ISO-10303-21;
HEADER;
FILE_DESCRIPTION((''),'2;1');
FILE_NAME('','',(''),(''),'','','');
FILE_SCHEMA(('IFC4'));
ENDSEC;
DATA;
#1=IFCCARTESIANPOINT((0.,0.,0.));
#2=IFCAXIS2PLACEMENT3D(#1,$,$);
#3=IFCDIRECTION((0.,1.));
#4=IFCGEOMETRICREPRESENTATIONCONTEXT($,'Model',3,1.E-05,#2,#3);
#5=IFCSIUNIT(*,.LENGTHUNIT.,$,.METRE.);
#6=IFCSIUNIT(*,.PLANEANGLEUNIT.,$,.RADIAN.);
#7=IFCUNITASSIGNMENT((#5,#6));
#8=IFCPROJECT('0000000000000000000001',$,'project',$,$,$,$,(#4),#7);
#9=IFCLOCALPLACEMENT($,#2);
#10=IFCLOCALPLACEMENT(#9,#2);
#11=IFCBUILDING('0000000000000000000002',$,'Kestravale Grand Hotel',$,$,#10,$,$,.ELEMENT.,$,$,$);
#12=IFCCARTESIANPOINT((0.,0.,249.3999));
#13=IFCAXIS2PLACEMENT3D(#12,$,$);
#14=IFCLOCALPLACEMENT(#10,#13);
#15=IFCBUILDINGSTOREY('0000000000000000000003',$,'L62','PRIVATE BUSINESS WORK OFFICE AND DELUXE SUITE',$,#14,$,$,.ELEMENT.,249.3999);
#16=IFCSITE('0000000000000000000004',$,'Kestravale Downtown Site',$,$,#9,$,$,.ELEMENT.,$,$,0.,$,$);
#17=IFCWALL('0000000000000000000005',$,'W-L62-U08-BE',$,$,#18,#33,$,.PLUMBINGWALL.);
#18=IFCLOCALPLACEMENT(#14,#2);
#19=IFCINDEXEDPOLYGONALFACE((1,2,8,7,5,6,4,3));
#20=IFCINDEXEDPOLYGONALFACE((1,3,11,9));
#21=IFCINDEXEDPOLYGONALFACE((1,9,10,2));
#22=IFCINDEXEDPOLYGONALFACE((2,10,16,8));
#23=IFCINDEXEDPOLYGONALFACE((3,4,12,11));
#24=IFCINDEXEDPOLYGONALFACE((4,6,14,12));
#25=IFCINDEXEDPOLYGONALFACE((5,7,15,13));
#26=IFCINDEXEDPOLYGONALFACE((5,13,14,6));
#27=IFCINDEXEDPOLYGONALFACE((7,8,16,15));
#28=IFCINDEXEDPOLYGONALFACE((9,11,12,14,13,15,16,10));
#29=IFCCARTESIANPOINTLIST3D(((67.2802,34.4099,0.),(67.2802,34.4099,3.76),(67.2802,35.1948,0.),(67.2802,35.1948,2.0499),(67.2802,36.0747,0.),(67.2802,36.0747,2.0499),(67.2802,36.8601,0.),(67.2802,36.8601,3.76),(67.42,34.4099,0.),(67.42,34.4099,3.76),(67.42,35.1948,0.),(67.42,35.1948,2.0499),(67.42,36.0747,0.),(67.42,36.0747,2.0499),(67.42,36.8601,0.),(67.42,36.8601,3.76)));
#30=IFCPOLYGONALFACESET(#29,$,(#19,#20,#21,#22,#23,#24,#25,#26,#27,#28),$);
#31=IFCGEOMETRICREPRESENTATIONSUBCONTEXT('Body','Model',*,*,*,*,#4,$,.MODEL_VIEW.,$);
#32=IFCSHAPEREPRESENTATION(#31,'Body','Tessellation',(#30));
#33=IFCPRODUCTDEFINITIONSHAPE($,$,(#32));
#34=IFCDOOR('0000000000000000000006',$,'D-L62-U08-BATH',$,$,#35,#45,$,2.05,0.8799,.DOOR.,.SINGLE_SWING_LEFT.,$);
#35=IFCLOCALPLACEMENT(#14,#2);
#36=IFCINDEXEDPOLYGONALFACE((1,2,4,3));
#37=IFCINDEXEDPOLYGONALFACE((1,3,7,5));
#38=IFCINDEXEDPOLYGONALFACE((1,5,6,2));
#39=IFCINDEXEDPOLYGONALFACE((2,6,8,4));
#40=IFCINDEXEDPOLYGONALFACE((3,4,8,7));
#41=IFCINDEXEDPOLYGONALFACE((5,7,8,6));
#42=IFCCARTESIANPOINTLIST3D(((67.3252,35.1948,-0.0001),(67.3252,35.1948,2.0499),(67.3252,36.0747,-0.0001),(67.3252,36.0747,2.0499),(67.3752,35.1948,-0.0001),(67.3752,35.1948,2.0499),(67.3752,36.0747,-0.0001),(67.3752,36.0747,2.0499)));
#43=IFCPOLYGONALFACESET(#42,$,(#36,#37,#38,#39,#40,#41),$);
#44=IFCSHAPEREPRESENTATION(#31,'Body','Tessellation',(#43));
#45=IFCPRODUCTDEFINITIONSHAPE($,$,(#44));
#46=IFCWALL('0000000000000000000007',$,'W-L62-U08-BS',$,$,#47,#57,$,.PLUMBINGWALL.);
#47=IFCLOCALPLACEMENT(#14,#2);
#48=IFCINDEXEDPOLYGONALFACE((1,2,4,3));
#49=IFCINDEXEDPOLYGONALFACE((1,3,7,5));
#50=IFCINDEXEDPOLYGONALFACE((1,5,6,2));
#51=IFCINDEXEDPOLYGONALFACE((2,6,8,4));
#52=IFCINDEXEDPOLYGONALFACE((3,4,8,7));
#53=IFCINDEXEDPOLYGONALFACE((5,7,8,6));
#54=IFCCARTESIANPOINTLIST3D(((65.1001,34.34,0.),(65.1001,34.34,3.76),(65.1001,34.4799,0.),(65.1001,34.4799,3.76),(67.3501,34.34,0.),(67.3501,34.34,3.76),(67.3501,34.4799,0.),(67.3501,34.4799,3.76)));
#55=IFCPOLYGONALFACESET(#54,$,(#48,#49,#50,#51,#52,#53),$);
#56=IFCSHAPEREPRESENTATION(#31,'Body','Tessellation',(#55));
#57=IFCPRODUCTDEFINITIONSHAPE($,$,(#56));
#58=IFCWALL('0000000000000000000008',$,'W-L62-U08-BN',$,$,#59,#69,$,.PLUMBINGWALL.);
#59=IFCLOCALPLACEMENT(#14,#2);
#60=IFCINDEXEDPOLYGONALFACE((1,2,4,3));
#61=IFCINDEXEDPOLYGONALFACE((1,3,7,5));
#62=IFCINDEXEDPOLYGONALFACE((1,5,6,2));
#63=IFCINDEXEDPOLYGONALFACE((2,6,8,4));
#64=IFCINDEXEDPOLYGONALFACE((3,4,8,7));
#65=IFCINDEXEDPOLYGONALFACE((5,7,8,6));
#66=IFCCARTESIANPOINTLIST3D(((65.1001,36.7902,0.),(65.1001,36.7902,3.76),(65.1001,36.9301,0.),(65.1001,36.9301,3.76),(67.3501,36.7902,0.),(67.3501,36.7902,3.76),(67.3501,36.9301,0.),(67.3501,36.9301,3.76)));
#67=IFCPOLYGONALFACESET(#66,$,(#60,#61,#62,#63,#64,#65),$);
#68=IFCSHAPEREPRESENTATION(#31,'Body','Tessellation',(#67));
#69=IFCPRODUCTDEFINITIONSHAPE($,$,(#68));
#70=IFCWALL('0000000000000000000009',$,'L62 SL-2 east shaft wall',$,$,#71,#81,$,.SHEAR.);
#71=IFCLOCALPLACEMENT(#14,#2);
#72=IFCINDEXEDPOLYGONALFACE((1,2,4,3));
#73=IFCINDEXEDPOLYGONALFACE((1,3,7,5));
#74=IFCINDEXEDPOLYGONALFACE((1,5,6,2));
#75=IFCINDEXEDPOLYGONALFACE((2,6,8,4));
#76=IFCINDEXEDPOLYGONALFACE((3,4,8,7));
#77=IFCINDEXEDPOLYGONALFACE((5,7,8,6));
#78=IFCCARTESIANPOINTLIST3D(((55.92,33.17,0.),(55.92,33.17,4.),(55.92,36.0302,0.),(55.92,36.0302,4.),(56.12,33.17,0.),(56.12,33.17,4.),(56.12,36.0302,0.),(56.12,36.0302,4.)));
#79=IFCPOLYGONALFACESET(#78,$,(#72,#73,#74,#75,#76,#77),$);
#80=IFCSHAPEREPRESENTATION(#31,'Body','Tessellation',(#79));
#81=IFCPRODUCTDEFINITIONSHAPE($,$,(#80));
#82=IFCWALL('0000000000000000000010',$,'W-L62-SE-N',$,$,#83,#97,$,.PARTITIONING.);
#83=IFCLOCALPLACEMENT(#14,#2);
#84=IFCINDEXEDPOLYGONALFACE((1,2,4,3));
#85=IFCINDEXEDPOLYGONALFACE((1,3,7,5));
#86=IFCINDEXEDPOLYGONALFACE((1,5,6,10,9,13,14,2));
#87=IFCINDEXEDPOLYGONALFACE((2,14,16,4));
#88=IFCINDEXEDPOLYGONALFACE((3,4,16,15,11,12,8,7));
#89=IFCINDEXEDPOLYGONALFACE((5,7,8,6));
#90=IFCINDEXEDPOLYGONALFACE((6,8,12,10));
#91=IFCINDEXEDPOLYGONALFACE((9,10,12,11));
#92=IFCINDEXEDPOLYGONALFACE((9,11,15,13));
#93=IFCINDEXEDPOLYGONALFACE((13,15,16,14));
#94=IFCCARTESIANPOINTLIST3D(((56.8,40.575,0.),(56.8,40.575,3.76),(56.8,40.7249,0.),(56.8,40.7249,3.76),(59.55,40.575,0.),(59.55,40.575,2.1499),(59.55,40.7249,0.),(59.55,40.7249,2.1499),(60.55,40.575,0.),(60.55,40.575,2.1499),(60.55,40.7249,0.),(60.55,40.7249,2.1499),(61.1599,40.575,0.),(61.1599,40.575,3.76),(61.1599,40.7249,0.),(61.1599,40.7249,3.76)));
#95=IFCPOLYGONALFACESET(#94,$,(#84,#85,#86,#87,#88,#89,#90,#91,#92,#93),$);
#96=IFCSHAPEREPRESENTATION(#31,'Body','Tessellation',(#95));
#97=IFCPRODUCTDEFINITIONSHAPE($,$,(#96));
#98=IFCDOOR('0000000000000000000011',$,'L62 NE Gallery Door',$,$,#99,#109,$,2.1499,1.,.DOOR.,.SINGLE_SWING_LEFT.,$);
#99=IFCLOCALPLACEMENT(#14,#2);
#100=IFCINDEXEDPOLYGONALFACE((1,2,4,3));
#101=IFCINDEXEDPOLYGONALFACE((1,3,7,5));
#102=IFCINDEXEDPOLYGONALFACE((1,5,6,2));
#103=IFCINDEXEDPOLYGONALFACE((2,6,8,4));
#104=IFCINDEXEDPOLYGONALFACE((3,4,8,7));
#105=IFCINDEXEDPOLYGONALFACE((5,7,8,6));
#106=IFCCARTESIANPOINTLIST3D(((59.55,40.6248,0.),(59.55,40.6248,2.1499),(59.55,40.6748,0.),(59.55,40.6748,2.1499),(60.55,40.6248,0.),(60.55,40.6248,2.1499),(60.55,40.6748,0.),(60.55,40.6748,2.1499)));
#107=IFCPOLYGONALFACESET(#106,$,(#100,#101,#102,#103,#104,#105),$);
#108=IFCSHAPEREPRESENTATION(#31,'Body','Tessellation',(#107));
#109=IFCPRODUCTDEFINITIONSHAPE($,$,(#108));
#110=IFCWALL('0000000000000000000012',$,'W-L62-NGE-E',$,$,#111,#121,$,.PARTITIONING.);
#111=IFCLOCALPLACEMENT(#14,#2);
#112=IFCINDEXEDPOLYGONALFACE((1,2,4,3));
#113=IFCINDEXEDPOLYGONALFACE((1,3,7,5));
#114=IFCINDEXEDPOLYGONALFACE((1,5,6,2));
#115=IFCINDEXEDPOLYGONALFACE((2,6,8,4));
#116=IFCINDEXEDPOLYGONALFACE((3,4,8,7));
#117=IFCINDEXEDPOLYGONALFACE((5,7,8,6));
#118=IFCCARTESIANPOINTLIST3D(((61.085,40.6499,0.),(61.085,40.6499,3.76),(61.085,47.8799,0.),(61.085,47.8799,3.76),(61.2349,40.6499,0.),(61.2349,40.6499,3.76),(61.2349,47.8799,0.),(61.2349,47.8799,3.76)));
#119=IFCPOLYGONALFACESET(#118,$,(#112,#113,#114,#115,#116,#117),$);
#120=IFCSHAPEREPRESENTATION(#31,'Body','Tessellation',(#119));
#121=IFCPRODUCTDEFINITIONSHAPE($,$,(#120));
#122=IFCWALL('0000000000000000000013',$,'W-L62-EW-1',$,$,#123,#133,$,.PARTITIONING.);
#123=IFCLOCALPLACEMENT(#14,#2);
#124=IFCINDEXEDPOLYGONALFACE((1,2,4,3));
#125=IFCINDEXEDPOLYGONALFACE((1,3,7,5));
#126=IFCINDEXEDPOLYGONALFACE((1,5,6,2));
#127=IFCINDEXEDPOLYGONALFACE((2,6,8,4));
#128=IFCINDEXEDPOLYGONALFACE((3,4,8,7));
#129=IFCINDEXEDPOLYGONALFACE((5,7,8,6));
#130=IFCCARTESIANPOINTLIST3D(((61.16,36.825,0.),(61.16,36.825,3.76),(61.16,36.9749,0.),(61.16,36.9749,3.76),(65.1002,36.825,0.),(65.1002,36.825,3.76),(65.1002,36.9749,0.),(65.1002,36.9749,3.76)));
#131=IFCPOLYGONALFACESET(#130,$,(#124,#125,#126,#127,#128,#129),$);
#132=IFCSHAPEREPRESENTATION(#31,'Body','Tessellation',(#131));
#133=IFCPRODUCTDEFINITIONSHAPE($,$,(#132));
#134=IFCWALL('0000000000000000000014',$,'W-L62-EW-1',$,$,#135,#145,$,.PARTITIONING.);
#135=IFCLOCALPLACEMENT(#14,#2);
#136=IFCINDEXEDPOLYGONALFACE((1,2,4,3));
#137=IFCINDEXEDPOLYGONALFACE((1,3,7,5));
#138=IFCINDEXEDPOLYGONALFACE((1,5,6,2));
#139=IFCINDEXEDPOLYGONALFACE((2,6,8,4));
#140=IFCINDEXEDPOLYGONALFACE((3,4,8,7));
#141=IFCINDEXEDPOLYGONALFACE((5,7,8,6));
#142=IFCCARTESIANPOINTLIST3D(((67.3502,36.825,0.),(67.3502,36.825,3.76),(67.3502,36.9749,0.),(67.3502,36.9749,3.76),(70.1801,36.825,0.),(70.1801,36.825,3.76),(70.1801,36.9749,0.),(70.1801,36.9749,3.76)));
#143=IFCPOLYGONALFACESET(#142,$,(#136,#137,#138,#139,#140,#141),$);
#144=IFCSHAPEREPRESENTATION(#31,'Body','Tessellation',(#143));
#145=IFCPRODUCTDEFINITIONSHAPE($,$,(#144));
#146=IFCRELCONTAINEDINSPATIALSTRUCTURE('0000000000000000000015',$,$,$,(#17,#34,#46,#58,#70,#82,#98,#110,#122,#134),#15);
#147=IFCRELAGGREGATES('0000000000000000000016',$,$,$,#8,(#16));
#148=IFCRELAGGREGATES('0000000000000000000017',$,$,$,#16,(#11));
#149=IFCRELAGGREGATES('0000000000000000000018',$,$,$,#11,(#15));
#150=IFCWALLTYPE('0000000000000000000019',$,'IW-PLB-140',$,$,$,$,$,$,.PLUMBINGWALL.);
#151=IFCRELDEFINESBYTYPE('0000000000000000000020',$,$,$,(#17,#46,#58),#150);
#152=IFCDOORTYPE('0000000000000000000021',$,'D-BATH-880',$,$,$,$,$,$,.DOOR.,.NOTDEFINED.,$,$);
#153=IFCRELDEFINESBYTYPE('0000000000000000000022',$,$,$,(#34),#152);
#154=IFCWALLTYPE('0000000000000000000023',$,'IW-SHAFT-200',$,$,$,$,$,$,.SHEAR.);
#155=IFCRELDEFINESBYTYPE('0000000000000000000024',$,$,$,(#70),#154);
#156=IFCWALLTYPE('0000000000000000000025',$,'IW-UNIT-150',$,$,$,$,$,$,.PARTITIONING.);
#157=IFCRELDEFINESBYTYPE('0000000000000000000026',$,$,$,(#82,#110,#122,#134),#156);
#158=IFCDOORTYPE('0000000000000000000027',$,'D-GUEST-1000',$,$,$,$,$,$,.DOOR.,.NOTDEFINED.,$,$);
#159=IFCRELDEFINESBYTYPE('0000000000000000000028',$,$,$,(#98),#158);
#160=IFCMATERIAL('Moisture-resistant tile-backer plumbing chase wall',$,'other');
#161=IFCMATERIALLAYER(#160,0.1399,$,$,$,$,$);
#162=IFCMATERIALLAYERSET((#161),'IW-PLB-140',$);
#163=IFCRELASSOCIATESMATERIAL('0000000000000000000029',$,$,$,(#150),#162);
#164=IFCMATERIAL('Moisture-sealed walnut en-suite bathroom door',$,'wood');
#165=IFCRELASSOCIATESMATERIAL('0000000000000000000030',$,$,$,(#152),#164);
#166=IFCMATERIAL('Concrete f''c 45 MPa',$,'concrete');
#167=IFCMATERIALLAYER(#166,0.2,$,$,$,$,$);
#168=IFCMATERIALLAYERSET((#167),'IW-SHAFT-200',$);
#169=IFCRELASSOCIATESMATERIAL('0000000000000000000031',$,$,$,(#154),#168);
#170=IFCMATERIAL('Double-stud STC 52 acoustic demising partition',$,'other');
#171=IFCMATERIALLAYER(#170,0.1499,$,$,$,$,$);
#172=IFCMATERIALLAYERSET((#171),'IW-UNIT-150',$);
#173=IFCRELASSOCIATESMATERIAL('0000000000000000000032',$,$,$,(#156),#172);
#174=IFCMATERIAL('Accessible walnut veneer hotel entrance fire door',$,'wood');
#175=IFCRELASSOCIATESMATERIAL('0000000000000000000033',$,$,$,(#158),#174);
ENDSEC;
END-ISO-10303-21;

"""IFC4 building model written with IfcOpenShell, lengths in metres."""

from ifc_helpers import new_model, si_unit, direction, frame, frame_2d, origin, place, context, subcontext, project, spatial, rectangle, extrude, material, layer, layer_set, type_object, element, fill, save


model = new_model("IFC4")

# Units and contexts
model_context = context("Model", 3, precision=1e-05, world=origin(), true_north=direction((0.0, 1.0)))
body_context = subcontext(model_context, "Body", "Model", "MODEL_VIEW")
ifc_project = project(units=[si_unit("LENGTHUNIT", "METRE"), si_unit("PLANEANGLEUNIT", "RADIAN")], contexts=[model_context])

# Site, building, storey
site_placement = place(None, origin())
site = spatial("IfcSite", under=ifc_project, at=site_placement, Name="Kestravale Downtown Site", CompositionType="ELEMENT", RefElevation=0.0)
building_placement = place(site_placement, origin())
building = spatial("IfcBuilding", under=site, at=building_placement, Name="Kestravale Grand Hotel", CompositionType="ELEMENT")
storey_placement = place(building_placement, frame((0.0, 0.0, 249.3999)))
storey = spatial("IfcBuildingStorey", under=building, at=storey_placement, Name="L62", Description="PRIVATE BUSINESS WORK OFFICE AND DELUXE SUITE", CompositionType="ELEMENT", Elevation=249.3999)

# Shared definitions
ifc_material_1 = material(Name="Moisture-resistant tile-backer plumbing chase wall", Category="other")
ifc_layer_1 = layer(ifc_material_1, 0.1399)
ifc_layer_set_1 = layer_set([ifc_layer_1], Name="IW-PLB-140")
wall_type_1 = type_object("IfcWallType", Name="IW-PLB-140", PredefinedType="PLUMBINGWALL", material=ifc_layer_set_1)

# Wall, opening, door
wall_1_placement = place(storey_placement, frame((67.3501, 34.4099, 0.0), z_axis=(0.0, 0.0, 1.0), x_axis=(0.0, 1.0, 0.0)))
wall_1 = element("IfcWall", 1, at=wall_1_placement, inside=storey, type_object=wall_type_1, Name="W-L62-U08-BE", PredefinedType="PLUMBINGWALL", context=body_context, shape_type="SweptSolid", body=[
    extrude(rectangle(XDim=2.4502, YDim=0.1399, at=frame_2d((1.2251, 0.0))), origin(), (0.0, 0.0, 1.0), 3.76),
])
opening_1_placement = place(wall_1_placement, frame((0.7849, 0.0, 0.0)))
opening_1 = element("IfcOpeningElement", 2, at=opening_1_placement, cuts=wall_1, PredefinedType="OPENING", context=body_context, shape_type="SweptSolid", body=[
    extrude(rectangle(XDim=0.8799, YDim=2.05, at=frame_2d((0.4399, 1.0249))), frame((0.0, 0.0798, 0.0), z_axis=(0.0, -1.0, 0.0), x_axis=(1.0, 0.0, 0.0)), (0.0, 0.0, 1.0), 0.1599),
])
ifc_material_2 = material(Name="Moisture-sealed walnut en-suite bathroom door", Category="wood")
door_type_1 = type_object("IfcDoorType", Name="D-BATH-880", OperationType="NOTDEFINED", PredefinedType="DOOR", material=ifc_material_2)
door_1_placement = place(opening_1_placement, origin())
door_1 = element("IfcDoor", 3, at=door_1_placement, inside=storey, type_object=door_type_1, Name="D-L62-U08-BATH", OperationType="SINGLE_SWING_LEFT", OverallHeight=2.05, OverallWidth=0.8799, PredefinedType="DOOR", context=body_context, shape_type="SweptSolid", body=[
    extrude(rectangle(XDim=0.8799, YDim=2.05, at=frame_2d((0.4399, 1.0249))), frame((0.0, 0.0249, 0.0), z_axis=(0.0, -1.0, 0.0), x_axis=(1.0, 0.0, 0.0)), (0.0, 0.0, 1.0), 0.05),
])
fill(opening_1, door_1)

# Walls
for number, where, z_axis, x_axis, name in (
    (4, (65.1001, 34.4099, 0.0), (0.0, 0.0, 1.0), (1.0, 0.0, 0.0), "W-L62-U08-BS"),
    (5, (65.1001, 36.8601, 0.0), (0.0, 0.0, 1.0), (1.0, 0.0, 0.0), "W-L62-U08-BN"),
):
    element("IfcWall", number, at=place(storey_placement, frame(where, z_axis=z_axis, x_axis=x_axis)), inside=storey, type_object=wall_type_1, Name=name, PredefinedType="PLUMBINGWALL", context=body_context, shape_type="SweptSolid", body=[
        extrude(rectangle(XDim=2.25, YDim=0.1399, at=frame_2d((1.125, 0.0))), origin(), (0.0, 0.0, 1.0), 3.76),
    ])
ifc_material_3 = material(Name="Concrete f'c 45 MPa", Category="concrete")
ifc_layer_2 = layer(ifc_material_3, 0.2)
ifc_layer_set_2 = layer_set([ifc_layer_2], Name="IW-SHAFT-200")
wall_type_2 = type_object("IfcWallType", Name="IW-SHAFT-200", PredefinedType="SHEAR", material=ifc_layer_set_2)
wall_2_placement = place(storey_placement, frame((56.02, 33.1699, 0.0), z_axis=(0.0, 0.0, 1.0), x_axis=(0.0, 1.0, 0.0)))
element("IfcWall", 6, at=wall_2_placement, inside=storey, type_object=wall_type_2, Name="L62 SL-2 east shaft wall", PredefinedType="SHEAR", context=body_context, shape_type="SweptSolid", body=[
    extrude(rectangle(XDim=2.8601, YDim=0.2, at=frame_2d((1.4302, 0.0))), origin(), (0.0, 0.0, 1.0), 4.0),
])

# Wall, opening, door
ifc_material_4 = material(Name="Double-stud STC 52 acoustic demising partition", Category="other")
ifc_layer_3 = layer(ifc_material_4, 0.1499)
ifc_layer_set_3 = layer_set([ifc_layer_3], Name="IW-UNIT-150")
wall_type_3 = type_object("IfcWallType", Name="IW-UNIT-150", PredefinedType="PARTITIONING", material=ifc_layer_set_3)
wall_3_placement = place(storey_placement, frame((56.8, 40.6499, 0.0), z_axis=(0.0, 0.0, 1.0), x_axis=(1.0, 0.0, 0.0)))
wall_3 = element("IfcWall", 7, at=wall_3_placement, inside=storey, type_object=wall_type_3, Name="W-L62-SE-N", PredefinedType="PARTITIONING", context=body_context, shape_type="SweptSolid", body=[
    extrude(rectangle(XDim=4.3599, YDim=0.1499, at=frame_2d((2.1799, 0.0))), origin(), (0.0, 0.0, 1.0), 3.76),
])
opening_2_placement = place(wall_3_placement, frame((2.75, 0.0, 0.0)))
opening_2 = element("IfcOpeningElement", 8, at=opening_2_placement, cuts=wall_3, PredefinedType="OPENING", context=body_context, shape_type="SweptSolid", body=[
    extrude(rectangle(XDim=1.0, YDim=2.1499, at=frame_2d((0.5, 1.075))), frame((0.0, 0.085, 0.0), z_axis=(0.0, -1.0, 0.0), x_axis=(1.0, 0.0, 0.0)), (0.0, 0.0, 1.0), 0.1699),
])
ifc_material_5 = material(Name="Accessible walnut veneer hotel entrance fire door", Category="wood")
door_type_2 = type_object("IfcDoorType", Name="D-GUEST-1000", OperationType="NOTDEFINED", PredefinedType="DOOR", material=ifc_material_5)
door_2_placement = place(opening_2_placement, origin())
door_2 = element("IfcDoor", 9, at=door_2_placement, inside=storey, type_object=door_type_2, Name="L62 NE Gallery Door", OperationType="SINGLE_SWING_LEFT", OverallHeight=2.1499, OverallWidth=1.0, PredefinedType="DOOR", context=body_context, shape_type="SweptSolid", body=[
    extrude(rectangle(XDim=1.0, YDim=2.1499, at=frame_2d((0.5, 1.075))), frame((0.0, 0.0249, 0.0), z_axis=(0.0, -1.0, 0.0), x_axis=(1.0, 0.0, 0.0)), (0.0, 0.0, 1.0), 0.05),
])
fill(opening_2, door_2)

# Walls
wall_4_placement = place(storey_placement, frame((61.1599, 40.6499, 0.0), z_axis=(0.0, 0.0, 1.0), x_axis=(0.0, 1.0, 0.0)))
element("IfcWall", 10, at=wall_4_placement, inside=storey, type_object=wall_type_3, Name="W-L62-NGE-E", PredefinedType="PARTITIONING", context=body_context, shape_type="SweptSolid", body=[
    extrude(rectangle(XDim=7.23, YDim=0.1499, at=frame_2d((3.615, 0.0))), origin(), (0.0, 0.0, 1.0), 3.76),
])
wall_5_placement = place(storey_placement, frame((61.1599, 36.8999, 0.0), z_axis=(0.0, 0.0, 1.0), x_axis=(1.0, 0.0, 0.0)))
element("IfcWall", 11, at=wall_5_placement, inside=storey, type_object=wall_type_3, Name="W-L62-EW-1", PredefinedType="PARTITIONING", context=body_context, shape_type="SweptSolid", body=[
    extrude(rectangle(XDim=3.9402, YDim=0.1499, at=frame_2d((1.9702, 0.0))), origin(), (0.0, 0.0, 1.0), 3.76),
])
wall_6_placement = place(storey_placement, frame((67.3501, 36.8999, 0.0), z_axis=(0.0, 0.0, 1.0), x_axis=(1.0, 0.0, 0.0)))
element("IfcWall", 12, at=wall_6_placement, inside=storey, type_object=wall_type_3, Name="W-L62-EW-1", PredefinedType="PARTITIONING", context=body_context, shape_type="SweptSolid", body=[
    extrude(rectangle(XDim=2.8298, YDim=0.1499, at=frame_2d((1.415, 0.0))), origin(), (0.0, 0.0, 1.0), 3.76),
])

save(model, "model.ifc")
